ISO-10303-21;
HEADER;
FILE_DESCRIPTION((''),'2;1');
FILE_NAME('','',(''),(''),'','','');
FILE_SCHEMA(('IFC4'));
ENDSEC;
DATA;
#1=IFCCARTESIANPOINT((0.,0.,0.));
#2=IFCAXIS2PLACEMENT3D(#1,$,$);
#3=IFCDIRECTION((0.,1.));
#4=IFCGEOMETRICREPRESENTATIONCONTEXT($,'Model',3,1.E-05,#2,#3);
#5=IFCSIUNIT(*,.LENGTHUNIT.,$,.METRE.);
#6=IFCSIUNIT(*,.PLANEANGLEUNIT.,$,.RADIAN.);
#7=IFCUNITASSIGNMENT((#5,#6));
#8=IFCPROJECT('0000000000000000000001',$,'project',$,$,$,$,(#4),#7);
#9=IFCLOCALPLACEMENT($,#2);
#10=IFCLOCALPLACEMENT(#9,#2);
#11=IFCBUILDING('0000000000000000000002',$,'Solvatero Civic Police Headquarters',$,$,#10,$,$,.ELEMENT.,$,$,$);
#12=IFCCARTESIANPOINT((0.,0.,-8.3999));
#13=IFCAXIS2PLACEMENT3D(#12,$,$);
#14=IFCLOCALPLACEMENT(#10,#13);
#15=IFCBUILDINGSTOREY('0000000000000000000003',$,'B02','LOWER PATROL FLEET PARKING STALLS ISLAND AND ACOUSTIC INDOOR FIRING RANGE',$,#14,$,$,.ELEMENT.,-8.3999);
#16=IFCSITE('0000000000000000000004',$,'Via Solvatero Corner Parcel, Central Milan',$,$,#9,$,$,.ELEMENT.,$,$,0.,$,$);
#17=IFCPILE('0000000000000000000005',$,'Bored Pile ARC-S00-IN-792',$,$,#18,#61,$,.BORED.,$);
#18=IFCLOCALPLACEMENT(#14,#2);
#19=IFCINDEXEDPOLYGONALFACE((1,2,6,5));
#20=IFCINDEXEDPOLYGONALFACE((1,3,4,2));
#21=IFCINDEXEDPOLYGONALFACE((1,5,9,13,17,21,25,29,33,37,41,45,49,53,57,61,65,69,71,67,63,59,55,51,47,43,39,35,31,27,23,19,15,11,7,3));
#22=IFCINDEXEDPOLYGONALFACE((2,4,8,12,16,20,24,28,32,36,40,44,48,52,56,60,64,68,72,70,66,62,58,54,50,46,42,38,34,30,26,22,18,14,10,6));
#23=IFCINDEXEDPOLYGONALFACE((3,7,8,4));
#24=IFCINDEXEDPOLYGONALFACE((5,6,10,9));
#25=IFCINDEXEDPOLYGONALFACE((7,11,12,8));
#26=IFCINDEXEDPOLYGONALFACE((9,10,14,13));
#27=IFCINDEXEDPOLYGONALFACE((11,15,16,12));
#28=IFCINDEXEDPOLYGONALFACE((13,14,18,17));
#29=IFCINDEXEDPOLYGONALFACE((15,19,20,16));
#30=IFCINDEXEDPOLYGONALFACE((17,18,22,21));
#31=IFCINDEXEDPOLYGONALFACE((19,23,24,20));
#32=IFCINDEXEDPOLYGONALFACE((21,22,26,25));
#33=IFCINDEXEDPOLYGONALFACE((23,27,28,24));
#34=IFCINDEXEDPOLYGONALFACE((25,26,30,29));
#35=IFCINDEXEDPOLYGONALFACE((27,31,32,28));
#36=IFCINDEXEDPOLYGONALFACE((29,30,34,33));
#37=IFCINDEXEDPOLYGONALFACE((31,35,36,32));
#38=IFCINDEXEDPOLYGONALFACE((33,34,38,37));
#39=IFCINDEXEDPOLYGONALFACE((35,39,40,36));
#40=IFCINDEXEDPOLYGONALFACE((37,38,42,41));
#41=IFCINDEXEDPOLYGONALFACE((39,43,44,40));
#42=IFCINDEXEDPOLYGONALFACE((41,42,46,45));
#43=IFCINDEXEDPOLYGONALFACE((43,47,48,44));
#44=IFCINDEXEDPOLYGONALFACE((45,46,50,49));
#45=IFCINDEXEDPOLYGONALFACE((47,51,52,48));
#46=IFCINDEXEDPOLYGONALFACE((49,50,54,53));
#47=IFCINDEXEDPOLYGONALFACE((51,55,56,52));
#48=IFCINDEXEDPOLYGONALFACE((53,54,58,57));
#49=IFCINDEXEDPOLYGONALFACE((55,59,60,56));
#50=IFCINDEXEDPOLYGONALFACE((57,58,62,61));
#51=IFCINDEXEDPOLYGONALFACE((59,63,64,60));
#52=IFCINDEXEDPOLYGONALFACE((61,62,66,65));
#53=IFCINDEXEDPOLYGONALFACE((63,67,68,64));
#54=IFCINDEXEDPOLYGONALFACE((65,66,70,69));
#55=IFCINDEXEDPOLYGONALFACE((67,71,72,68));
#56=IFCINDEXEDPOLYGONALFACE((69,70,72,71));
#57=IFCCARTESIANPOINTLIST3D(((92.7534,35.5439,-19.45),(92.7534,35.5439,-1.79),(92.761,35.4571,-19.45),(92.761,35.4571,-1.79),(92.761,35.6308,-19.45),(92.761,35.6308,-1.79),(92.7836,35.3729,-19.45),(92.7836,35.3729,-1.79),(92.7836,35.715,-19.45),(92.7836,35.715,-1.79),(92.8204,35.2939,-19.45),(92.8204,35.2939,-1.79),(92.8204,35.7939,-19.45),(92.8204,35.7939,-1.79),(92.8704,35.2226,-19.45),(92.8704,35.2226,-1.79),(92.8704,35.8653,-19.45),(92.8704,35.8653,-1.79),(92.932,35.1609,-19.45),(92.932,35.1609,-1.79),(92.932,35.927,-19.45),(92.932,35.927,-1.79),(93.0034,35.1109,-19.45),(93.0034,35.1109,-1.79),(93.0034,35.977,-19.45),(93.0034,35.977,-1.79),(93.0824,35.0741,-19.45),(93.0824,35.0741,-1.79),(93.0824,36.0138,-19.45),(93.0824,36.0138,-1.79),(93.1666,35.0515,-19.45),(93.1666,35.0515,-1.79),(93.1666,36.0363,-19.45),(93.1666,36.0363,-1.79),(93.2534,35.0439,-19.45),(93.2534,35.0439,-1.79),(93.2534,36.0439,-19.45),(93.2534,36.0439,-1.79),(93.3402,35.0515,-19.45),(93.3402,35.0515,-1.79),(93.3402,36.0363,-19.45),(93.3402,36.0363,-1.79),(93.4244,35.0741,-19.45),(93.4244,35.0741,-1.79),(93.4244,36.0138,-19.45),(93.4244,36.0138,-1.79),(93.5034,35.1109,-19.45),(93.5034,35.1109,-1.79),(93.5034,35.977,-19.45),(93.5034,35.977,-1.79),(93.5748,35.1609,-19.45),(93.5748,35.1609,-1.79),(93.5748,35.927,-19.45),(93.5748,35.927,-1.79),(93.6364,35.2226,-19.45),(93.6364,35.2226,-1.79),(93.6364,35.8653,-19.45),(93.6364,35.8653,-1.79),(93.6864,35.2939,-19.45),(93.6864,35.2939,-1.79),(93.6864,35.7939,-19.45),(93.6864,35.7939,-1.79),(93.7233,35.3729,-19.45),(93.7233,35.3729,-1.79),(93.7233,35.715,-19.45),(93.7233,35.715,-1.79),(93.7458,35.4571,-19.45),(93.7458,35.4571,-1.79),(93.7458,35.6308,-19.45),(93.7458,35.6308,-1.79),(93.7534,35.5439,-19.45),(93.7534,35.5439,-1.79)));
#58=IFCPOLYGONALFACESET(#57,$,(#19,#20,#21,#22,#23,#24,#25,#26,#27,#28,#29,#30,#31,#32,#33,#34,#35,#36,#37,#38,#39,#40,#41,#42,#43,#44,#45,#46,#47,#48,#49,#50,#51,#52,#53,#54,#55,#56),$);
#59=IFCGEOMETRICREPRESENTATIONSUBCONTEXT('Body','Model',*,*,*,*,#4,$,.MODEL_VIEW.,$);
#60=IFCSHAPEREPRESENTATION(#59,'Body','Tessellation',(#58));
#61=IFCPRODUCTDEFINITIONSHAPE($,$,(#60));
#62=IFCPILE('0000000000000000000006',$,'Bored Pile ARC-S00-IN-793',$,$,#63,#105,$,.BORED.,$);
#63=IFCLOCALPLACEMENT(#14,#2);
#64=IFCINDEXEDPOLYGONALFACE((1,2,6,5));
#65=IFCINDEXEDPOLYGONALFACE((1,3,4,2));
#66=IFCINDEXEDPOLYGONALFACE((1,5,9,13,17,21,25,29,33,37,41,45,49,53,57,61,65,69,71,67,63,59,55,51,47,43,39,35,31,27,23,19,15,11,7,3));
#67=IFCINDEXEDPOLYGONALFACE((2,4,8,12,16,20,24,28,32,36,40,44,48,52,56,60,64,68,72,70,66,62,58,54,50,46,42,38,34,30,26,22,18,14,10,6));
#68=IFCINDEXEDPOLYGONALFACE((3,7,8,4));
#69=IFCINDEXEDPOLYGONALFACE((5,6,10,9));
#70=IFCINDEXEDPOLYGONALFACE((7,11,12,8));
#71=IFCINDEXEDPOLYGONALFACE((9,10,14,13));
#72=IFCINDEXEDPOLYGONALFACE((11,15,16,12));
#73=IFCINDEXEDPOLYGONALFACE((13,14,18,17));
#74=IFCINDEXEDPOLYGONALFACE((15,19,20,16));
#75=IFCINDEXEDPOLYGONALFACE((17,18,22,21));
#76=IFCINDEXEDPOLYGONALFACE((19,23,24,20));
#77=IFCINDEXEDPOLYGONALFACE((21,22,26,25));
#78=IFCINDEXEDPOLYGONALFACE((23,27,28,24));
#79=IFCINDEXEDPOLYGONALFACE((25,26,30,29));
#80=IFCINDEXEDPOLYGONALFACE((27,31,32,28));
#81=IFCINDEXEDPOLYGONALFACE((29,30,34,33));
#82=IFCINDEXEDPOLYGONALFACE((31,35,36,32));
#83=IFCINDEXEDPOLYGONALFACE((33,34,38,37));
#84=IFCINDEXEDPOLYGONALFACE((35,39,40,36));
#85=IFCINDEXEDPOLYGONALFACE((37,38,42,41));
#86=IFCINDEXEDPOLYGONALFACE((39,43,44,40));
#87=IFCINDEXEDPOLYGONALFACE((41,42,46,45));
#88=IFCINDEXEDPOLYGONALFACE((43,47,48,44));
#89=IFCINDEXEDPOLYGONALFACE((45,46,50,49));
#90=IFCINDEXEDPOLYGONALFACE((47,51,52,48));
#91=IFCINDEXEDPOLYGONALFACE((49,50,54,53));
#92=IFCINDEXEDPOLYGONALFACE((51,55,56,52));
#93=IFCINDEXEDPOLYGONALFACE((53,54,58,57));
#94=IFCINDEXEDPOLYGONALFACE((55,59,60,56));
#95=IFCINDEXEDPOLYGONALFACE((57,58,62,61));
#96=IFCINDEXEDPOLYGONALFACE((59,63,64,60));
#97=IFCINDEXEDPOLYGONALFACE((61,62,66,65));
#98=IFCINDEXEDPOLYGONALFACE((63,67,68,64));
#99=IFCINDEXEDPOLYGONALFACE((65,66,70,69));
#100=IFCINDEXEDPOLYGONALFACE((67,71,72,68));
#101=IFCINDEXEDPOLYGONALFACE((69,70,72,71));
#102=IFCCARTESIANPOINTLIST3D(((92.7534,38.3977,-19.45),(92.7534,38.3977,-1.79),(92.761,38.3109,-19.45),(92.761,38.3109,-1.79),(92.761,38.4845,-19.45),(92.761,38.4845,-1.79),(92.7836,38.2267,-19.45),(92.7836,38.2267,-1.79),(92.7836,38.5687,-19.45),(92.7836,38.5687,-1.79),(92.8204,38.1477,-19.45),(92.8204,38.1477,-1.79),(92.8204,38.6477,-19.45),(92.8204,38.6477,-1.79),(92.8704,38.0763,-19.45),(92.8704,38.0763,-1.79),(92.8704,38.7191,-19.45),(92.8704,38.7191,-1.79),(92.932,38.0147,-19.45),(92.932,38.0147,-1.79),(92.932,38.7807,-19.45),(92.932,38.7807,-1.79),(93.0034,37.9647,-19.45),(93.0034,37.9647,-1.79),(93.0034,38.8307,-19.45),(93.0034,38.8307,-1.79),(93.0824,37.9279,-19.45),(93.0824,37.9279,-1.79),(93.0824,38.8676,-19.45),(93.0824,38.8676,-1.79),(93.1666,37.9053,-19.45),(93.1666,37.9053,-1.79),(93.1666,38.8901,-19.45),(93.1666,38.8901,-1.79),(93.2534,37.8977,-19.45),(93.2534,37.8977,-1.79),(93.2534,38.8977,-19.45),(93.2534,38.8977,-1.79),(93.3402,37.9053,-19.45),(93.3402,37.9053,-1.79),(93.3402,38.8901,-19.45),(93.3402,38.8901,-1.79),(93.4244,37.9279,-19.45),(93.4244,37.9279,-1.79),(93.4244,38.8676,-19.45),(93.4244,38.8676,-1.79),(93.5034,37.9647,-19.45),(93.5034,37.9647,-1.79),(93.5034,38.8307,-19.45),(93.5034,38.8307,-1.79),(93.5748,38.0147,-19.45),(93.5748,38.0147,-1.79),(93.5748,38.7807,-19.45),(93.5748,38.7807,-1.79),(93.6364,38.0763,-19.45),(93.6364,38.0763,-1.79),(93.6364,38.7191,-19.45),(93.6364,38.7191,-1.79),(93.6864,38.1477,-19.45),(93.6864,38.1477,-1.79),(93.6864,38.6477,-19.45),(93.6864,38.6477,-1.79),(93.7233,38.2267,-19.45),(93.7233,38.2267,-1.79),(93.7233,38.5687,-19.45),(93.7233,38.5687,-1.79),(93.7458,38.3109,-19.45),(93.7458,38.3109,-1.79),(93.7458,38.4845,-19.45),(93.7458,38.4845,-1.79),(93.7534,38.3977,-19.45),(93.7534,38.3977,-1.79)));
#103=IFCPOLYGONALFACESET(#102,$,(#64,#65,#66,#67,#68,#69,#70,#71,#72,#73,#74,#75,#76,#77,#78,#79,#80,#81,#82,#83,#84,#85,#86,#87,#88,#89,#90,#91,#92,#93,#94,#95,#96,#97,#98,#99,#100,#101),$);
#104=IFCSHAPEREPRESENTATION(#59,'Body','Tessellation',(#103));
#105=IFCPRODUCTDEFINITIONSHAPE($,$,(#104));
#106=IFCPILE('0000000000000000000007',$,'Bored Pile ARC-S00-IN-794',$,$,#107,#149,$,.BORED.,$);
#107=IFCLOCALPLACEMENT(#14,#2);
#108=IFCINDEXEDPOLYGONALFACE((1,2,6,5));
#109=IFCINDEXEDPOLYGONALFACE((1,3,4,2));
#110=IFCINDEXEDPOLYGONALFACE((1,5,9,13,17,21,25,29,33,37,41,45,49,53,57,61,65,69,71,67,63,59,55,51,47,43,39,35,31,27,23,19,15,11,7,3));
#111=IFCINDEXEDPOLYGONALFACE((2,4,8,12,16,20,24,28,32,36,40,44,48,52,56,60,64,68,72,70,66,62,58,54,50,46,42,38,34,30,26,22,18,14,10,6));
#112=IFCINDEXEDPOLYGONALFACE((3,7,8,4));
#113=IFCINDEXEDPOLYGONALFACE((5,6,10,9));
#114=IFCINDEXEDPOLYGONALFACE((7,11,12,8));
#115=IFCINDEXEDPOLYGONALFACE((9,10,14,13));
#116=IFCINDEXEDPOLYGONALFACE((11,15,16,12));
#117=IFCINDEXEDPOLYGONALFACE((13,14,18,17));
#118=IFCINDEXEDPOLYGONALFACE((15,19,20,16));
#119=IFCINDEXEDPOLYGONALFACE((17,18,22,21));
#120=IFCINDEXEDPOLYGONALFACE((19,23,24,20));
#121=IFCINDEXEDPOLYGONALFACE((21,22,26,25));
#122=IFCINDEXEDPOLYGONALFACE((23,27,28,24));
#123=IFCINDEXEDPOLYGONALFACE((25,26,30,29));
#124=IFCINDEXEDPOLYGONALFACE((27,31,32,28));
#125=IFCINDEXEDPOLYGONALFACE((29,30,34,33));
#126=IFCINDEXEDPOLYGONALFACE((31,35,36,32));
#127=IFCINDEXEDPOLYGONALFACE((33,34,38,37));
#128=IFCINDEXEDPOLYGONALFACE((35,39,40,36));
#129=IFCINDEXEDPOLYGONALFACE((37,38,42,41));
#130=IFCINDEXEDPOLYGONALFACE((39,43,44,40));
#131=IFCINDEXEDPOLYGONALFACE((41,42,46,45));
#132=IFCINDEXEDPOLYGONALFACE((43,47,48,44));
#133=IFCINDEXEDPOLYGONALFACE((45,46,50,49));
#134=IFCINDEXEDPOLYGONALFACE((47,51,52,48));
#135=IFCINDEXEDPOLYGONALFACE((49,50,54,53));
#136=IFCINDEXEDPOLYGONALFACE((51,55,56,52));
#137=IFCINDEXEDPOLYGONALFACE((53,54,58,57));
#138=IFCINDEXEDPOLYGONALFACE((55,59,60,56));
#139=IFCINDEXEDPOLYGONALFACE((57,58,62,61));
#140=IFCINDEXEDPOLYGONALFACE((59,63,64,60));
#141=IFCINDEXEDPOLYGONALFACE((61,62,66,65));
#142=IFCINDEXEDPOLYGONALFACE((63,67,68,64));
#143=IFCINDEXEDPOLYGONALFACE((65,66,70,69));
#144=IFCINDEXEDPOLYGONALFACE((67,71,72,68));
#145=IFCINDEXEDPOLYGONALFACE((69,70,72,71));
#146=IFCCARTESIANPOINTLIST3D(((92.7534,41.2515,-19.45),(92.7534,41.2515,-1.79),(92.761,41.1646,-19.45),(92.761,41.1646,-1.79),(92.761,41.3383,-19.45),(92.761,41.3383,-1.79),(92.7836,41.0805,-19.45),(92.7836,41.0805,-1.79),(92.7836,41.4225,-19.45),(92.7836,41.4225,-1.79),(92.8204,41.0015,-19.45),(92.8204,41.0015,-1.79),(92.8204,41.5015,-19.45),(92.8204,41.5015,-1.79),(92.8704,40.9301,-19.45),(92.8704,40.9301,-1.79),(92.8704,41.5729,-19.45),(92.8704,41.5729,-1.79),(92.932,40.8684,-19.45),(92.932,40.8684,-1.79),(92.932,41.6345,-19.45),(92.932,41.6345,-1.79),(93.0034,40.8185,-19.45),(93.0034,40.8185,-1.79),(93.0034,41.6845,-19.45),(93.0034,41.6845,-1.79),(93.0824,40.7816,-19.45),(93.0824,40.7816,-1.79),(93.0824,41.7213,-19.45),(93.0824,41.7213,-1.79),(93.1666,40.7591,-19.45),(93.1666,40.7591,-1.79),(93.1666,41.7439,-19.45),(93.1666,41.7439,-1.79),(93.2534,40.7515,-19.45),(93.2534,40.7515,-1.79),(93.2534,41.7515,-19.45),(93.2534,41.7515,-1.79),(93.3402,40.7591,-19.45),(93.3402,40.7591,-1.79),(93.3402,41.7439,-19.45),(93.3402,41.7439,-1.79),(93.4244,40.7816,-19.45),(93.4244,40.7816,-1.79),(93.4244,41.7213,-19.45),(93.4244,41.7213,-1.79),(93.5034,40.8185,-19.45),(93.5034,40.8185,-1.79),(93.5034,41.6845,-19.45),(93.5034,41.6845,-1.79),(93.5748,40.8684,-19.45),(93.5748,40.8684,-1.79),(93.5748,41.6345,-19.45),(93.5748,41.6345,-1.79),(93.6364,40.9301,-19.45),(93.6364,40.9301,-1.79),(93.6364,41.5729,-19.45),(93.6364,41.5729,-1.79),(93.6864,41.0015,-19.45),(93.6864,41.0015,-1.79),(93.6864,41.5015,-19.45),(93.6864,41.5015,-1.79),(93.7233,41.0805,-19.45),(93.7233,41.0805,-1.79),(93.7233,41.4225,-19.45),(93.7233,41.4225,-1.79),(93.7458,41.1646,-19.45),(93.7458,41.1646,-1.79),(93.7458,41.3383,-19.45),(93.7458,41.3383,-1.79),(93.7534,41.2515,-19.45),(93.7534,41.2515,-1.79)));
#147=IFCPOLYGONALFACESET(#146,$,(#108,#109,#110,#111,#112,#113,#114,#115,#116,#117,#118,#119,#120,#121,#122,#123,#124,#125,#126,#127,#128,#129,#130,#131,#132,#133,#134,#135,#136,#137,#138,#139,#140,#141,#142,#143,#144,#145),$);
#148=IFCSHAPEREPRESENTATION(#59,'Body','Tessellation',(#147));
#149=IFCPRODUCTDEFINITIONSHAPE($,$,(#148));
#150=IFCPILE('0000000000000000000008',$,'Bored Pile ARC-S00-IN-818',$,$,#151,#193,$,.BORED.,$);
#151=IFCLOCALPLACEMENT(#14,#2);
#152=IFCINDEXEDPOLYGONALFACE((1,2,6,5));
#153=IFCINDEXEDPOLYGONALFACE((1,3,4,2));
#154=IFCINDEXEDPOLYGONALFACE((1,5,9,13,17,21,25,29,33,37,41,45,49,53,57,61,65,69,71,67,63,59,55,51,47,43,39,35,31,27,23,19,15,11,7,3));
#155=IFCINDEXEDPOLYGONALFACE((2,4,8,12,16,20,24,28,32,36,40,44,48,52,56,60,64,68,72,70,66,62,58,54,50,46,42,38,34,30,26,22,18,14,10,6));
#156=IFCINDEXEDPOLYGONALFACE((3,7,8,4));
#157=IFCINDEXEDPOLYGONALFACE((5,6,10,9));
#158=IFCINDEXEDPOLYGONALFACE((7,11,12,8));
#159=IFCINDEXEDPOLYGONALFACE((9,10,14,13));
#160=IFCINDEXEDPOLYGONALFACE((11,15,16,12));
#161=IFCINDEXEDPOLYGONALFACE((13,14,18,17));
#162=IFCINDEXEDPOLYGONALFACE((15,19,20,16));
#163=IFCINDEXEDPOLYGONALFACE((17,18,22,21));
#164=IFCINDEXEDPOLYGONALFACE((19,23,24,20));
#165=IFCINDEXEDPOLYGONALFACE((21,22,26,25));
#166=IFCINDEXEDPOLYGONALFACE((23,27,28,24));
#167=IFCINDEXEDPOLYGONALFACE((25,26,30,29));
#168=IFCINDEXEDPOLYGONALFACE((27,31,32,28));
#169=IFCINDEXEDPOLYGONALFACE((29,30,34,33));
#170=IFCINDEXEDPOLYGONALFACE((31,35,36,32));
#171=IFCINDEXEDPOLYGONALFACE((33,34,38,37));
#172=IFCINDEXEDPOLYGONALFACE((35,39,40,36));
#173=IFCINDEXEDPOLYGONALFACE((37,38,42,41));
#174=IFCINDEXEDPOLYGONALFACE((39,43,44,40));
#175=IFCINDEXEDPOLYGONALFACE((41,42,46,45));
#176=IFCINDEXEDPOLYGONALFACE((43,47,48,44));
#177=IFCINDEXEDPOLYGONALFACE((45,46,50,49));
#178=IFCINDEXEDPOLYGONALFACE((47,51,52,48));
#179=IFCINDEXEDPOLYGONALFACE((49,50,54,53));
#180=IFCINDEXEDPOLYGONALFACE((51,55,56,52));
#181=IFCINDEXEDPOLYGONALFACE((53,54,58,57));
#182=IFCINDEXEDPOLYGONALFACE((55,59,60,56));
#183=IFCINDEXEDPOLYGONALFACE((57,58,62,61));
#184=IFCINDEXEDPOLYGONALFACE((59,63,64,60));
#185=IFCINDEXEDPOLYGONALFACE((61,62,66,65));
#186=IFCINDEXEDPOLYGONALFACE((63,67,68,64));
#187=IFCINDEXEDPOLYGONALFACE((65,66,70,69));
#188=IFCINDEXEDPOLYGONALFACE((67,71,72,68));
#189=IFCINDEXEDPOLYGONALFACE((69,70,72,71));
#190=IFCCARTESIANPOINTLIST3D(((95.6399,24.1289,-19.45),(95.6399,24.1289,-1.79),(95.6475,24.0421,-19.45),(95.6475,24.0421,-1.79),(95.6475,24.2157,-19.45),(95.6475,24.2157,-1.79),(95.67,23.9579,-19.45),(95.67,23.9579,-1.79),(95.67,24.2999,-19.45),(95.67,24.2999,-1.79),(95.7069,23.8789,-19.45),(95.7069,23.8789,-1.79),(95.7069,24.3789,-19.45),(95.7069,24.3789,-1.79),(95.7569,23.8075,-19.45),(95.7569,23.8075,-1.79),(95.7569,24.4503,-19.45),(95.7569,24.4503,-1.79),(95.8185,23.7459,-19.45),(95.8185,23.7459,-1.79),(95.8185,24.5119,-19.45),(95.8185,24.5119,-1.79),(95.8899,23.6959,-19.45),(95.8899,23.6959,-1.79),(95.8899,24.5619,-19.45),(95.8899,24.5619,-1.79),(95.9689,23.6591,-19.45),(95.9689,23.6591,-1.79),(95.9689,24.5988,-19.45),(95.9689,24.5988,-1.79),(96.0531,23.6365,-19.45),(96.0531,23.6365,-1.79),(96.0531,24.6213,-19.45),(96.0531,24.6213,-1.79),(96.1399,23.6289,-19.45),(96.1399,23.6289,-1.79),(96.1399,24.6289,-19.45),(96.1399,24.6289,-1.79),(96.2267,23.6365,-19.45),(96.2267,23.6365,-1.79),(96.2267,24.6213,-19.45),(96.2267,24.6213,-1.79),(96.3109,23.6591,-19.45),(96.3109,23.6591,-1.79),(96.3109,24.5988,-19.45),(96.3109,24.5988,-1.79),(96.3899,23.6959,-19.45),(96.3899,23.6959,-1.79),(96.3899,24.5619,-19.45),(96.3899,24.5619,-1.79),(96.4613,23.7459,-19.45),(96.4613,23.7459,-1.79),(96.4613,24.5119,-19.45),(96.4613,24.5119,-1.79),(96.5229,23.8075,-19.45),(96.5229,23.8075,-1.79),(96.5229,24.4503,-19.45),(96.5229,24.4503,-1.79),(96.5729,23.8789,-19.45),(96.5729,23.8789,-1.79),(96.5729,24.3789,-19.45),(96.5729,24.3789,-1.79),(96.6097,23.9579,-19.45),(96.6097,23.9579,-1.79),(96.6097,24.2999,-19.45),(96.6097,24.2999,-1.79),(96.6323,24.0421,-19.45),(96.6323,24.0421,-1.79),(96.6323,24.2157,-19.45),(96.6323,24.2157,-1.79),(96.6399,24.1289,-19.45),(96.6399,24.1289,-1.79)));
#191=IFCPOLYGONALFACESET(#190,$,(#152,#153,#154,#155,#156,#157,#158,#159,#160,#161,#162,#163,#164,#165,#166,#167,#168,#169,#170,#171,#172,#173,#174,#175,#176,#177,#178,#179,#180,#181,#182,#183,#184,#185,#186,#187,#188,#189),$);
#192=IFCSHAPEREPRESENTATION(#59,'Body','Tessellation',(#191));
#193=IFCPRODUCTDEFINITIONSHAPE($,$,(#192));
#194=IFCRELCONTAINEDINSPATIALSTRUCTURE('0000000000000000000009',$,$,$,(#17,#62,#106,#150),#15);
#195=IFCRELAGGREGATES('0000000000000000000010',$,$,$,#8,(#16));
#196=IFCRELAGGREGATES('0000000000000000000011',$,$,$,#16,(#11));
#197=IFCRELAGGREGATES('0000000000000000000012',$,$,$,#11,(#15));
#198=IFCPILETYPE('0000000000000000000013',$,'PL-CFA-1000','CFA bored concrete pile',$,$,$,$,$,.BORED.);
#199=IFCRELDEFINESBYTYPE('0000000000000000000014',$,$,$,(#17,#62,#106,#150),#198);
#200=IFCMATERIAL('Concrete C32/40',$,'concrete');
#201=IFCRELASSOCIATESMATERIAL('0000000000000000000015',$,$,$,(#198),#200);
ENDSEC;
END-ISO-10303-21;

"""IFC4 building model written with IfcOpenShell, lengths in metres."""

from ifc_helpers import new_model, si_unit, direction, frame, origin, origin_2d, place, context, subcontext, project, spatial, circle, extrude, material, material_profile, profile_set, type_object, element, save


model = new_model("IFC4")

# Units and contexts
model_context = context("Model", 3, precision=1e-05, world=origin(), true_north=direction((0.0, 1.0)))
body_context = subcontext(model_context, "Body", "Model", "MODEL_VIEW")
ifc_project = project(units=[si_unit("LENGTHUNIT", "METRE"), si_unit("PLANEANGLEUNIT", "RADIAN")], contexts=[model_context])

# Site, building, storey
site_placement = place(None, origin())
site = spatial("IfcSite", under=ifc_project, at=site_placement, Name="Via Solvatero Corner Parcel, Central Milan", CompositionType="ELEMENT", RefElevation=0.0)
building_placement = place(site_placement, origin())
building = spatial("IfcBuilding", under=site, at=building_placement, Name="Solvatero Civic Police Headquarters", CompositionType="ELEMENT")
storey_placement = place(building_placement, frame((0.0, 0.0, -8.3999)))
storey = spatial("IfcBuildingStorey", under=building, at=storey_placement, Name="B02", Description="LOWER PATROL FLEET PARKING STALLS ISLAND AND ACOUSTIC INDOOR FIRING RANGE", CompositionType="ELEMENT", Elevation=-8.3999)

# Piles
ifc_material_1 = material(Name="Concrete C32/40", Category="concrete")
ifc_material_profile_1 = material_profile(ifc_material_1, circle(Radius=0.5, at=origin_2d()), Name="CFA PILE D1000")
ifc_profile_set_1 = profile_set([ifc_material_profile_1], Name="Concrete C32/40")
pile_type = type_object("IfcPileType", Name="PL-CFA-1000", Description="CFA bored concrete pile", PredefinedType="BORED", material=ifc_profile_set_1)
for number, where, z_axis, x_axis, name in (
    (1, (93.2534, 35.5439, -1.79), (0.0, 0.0, -1.0), (1.0, 0.0, 0.0), "Bored Pile ARC-S00-IN-792"),
    (2, (93.2534, 38.3977, -1.79), (0.0, 0.0, -1.0), (1.0, 0.0, 0.0), "Bored Pile ARC-S00-IN-793"),
    (3, (93.2534, 41.2515, -1.79), (0.0, 0.0, -1.0), (1.0, 0.0, 0.0), "Bored Pile ARC-S00-IN-794"),
    (4, (96.1399, 24.1289, -1.79), (0.0, 0.0, -1.0), (1.0, 0.0, 0.0), "Bored Pile ARC-S00-IN-818"),
):
    element("IfcPile", number, at=place(storey_placement, frame(where, z_axis=z_axis, x_axis=x_axis)), inside=storey, type_object=pile_type, Name=name, PredefinedType="BORED", context=body_context, shape_type="SweptSolid", body=[
        extrude(circle(Radius=0.5, at=origin_2d()), origin(), (0.0, 0.0, 1.0), 17.6599),
    ])

save(model, "model.ifc")
